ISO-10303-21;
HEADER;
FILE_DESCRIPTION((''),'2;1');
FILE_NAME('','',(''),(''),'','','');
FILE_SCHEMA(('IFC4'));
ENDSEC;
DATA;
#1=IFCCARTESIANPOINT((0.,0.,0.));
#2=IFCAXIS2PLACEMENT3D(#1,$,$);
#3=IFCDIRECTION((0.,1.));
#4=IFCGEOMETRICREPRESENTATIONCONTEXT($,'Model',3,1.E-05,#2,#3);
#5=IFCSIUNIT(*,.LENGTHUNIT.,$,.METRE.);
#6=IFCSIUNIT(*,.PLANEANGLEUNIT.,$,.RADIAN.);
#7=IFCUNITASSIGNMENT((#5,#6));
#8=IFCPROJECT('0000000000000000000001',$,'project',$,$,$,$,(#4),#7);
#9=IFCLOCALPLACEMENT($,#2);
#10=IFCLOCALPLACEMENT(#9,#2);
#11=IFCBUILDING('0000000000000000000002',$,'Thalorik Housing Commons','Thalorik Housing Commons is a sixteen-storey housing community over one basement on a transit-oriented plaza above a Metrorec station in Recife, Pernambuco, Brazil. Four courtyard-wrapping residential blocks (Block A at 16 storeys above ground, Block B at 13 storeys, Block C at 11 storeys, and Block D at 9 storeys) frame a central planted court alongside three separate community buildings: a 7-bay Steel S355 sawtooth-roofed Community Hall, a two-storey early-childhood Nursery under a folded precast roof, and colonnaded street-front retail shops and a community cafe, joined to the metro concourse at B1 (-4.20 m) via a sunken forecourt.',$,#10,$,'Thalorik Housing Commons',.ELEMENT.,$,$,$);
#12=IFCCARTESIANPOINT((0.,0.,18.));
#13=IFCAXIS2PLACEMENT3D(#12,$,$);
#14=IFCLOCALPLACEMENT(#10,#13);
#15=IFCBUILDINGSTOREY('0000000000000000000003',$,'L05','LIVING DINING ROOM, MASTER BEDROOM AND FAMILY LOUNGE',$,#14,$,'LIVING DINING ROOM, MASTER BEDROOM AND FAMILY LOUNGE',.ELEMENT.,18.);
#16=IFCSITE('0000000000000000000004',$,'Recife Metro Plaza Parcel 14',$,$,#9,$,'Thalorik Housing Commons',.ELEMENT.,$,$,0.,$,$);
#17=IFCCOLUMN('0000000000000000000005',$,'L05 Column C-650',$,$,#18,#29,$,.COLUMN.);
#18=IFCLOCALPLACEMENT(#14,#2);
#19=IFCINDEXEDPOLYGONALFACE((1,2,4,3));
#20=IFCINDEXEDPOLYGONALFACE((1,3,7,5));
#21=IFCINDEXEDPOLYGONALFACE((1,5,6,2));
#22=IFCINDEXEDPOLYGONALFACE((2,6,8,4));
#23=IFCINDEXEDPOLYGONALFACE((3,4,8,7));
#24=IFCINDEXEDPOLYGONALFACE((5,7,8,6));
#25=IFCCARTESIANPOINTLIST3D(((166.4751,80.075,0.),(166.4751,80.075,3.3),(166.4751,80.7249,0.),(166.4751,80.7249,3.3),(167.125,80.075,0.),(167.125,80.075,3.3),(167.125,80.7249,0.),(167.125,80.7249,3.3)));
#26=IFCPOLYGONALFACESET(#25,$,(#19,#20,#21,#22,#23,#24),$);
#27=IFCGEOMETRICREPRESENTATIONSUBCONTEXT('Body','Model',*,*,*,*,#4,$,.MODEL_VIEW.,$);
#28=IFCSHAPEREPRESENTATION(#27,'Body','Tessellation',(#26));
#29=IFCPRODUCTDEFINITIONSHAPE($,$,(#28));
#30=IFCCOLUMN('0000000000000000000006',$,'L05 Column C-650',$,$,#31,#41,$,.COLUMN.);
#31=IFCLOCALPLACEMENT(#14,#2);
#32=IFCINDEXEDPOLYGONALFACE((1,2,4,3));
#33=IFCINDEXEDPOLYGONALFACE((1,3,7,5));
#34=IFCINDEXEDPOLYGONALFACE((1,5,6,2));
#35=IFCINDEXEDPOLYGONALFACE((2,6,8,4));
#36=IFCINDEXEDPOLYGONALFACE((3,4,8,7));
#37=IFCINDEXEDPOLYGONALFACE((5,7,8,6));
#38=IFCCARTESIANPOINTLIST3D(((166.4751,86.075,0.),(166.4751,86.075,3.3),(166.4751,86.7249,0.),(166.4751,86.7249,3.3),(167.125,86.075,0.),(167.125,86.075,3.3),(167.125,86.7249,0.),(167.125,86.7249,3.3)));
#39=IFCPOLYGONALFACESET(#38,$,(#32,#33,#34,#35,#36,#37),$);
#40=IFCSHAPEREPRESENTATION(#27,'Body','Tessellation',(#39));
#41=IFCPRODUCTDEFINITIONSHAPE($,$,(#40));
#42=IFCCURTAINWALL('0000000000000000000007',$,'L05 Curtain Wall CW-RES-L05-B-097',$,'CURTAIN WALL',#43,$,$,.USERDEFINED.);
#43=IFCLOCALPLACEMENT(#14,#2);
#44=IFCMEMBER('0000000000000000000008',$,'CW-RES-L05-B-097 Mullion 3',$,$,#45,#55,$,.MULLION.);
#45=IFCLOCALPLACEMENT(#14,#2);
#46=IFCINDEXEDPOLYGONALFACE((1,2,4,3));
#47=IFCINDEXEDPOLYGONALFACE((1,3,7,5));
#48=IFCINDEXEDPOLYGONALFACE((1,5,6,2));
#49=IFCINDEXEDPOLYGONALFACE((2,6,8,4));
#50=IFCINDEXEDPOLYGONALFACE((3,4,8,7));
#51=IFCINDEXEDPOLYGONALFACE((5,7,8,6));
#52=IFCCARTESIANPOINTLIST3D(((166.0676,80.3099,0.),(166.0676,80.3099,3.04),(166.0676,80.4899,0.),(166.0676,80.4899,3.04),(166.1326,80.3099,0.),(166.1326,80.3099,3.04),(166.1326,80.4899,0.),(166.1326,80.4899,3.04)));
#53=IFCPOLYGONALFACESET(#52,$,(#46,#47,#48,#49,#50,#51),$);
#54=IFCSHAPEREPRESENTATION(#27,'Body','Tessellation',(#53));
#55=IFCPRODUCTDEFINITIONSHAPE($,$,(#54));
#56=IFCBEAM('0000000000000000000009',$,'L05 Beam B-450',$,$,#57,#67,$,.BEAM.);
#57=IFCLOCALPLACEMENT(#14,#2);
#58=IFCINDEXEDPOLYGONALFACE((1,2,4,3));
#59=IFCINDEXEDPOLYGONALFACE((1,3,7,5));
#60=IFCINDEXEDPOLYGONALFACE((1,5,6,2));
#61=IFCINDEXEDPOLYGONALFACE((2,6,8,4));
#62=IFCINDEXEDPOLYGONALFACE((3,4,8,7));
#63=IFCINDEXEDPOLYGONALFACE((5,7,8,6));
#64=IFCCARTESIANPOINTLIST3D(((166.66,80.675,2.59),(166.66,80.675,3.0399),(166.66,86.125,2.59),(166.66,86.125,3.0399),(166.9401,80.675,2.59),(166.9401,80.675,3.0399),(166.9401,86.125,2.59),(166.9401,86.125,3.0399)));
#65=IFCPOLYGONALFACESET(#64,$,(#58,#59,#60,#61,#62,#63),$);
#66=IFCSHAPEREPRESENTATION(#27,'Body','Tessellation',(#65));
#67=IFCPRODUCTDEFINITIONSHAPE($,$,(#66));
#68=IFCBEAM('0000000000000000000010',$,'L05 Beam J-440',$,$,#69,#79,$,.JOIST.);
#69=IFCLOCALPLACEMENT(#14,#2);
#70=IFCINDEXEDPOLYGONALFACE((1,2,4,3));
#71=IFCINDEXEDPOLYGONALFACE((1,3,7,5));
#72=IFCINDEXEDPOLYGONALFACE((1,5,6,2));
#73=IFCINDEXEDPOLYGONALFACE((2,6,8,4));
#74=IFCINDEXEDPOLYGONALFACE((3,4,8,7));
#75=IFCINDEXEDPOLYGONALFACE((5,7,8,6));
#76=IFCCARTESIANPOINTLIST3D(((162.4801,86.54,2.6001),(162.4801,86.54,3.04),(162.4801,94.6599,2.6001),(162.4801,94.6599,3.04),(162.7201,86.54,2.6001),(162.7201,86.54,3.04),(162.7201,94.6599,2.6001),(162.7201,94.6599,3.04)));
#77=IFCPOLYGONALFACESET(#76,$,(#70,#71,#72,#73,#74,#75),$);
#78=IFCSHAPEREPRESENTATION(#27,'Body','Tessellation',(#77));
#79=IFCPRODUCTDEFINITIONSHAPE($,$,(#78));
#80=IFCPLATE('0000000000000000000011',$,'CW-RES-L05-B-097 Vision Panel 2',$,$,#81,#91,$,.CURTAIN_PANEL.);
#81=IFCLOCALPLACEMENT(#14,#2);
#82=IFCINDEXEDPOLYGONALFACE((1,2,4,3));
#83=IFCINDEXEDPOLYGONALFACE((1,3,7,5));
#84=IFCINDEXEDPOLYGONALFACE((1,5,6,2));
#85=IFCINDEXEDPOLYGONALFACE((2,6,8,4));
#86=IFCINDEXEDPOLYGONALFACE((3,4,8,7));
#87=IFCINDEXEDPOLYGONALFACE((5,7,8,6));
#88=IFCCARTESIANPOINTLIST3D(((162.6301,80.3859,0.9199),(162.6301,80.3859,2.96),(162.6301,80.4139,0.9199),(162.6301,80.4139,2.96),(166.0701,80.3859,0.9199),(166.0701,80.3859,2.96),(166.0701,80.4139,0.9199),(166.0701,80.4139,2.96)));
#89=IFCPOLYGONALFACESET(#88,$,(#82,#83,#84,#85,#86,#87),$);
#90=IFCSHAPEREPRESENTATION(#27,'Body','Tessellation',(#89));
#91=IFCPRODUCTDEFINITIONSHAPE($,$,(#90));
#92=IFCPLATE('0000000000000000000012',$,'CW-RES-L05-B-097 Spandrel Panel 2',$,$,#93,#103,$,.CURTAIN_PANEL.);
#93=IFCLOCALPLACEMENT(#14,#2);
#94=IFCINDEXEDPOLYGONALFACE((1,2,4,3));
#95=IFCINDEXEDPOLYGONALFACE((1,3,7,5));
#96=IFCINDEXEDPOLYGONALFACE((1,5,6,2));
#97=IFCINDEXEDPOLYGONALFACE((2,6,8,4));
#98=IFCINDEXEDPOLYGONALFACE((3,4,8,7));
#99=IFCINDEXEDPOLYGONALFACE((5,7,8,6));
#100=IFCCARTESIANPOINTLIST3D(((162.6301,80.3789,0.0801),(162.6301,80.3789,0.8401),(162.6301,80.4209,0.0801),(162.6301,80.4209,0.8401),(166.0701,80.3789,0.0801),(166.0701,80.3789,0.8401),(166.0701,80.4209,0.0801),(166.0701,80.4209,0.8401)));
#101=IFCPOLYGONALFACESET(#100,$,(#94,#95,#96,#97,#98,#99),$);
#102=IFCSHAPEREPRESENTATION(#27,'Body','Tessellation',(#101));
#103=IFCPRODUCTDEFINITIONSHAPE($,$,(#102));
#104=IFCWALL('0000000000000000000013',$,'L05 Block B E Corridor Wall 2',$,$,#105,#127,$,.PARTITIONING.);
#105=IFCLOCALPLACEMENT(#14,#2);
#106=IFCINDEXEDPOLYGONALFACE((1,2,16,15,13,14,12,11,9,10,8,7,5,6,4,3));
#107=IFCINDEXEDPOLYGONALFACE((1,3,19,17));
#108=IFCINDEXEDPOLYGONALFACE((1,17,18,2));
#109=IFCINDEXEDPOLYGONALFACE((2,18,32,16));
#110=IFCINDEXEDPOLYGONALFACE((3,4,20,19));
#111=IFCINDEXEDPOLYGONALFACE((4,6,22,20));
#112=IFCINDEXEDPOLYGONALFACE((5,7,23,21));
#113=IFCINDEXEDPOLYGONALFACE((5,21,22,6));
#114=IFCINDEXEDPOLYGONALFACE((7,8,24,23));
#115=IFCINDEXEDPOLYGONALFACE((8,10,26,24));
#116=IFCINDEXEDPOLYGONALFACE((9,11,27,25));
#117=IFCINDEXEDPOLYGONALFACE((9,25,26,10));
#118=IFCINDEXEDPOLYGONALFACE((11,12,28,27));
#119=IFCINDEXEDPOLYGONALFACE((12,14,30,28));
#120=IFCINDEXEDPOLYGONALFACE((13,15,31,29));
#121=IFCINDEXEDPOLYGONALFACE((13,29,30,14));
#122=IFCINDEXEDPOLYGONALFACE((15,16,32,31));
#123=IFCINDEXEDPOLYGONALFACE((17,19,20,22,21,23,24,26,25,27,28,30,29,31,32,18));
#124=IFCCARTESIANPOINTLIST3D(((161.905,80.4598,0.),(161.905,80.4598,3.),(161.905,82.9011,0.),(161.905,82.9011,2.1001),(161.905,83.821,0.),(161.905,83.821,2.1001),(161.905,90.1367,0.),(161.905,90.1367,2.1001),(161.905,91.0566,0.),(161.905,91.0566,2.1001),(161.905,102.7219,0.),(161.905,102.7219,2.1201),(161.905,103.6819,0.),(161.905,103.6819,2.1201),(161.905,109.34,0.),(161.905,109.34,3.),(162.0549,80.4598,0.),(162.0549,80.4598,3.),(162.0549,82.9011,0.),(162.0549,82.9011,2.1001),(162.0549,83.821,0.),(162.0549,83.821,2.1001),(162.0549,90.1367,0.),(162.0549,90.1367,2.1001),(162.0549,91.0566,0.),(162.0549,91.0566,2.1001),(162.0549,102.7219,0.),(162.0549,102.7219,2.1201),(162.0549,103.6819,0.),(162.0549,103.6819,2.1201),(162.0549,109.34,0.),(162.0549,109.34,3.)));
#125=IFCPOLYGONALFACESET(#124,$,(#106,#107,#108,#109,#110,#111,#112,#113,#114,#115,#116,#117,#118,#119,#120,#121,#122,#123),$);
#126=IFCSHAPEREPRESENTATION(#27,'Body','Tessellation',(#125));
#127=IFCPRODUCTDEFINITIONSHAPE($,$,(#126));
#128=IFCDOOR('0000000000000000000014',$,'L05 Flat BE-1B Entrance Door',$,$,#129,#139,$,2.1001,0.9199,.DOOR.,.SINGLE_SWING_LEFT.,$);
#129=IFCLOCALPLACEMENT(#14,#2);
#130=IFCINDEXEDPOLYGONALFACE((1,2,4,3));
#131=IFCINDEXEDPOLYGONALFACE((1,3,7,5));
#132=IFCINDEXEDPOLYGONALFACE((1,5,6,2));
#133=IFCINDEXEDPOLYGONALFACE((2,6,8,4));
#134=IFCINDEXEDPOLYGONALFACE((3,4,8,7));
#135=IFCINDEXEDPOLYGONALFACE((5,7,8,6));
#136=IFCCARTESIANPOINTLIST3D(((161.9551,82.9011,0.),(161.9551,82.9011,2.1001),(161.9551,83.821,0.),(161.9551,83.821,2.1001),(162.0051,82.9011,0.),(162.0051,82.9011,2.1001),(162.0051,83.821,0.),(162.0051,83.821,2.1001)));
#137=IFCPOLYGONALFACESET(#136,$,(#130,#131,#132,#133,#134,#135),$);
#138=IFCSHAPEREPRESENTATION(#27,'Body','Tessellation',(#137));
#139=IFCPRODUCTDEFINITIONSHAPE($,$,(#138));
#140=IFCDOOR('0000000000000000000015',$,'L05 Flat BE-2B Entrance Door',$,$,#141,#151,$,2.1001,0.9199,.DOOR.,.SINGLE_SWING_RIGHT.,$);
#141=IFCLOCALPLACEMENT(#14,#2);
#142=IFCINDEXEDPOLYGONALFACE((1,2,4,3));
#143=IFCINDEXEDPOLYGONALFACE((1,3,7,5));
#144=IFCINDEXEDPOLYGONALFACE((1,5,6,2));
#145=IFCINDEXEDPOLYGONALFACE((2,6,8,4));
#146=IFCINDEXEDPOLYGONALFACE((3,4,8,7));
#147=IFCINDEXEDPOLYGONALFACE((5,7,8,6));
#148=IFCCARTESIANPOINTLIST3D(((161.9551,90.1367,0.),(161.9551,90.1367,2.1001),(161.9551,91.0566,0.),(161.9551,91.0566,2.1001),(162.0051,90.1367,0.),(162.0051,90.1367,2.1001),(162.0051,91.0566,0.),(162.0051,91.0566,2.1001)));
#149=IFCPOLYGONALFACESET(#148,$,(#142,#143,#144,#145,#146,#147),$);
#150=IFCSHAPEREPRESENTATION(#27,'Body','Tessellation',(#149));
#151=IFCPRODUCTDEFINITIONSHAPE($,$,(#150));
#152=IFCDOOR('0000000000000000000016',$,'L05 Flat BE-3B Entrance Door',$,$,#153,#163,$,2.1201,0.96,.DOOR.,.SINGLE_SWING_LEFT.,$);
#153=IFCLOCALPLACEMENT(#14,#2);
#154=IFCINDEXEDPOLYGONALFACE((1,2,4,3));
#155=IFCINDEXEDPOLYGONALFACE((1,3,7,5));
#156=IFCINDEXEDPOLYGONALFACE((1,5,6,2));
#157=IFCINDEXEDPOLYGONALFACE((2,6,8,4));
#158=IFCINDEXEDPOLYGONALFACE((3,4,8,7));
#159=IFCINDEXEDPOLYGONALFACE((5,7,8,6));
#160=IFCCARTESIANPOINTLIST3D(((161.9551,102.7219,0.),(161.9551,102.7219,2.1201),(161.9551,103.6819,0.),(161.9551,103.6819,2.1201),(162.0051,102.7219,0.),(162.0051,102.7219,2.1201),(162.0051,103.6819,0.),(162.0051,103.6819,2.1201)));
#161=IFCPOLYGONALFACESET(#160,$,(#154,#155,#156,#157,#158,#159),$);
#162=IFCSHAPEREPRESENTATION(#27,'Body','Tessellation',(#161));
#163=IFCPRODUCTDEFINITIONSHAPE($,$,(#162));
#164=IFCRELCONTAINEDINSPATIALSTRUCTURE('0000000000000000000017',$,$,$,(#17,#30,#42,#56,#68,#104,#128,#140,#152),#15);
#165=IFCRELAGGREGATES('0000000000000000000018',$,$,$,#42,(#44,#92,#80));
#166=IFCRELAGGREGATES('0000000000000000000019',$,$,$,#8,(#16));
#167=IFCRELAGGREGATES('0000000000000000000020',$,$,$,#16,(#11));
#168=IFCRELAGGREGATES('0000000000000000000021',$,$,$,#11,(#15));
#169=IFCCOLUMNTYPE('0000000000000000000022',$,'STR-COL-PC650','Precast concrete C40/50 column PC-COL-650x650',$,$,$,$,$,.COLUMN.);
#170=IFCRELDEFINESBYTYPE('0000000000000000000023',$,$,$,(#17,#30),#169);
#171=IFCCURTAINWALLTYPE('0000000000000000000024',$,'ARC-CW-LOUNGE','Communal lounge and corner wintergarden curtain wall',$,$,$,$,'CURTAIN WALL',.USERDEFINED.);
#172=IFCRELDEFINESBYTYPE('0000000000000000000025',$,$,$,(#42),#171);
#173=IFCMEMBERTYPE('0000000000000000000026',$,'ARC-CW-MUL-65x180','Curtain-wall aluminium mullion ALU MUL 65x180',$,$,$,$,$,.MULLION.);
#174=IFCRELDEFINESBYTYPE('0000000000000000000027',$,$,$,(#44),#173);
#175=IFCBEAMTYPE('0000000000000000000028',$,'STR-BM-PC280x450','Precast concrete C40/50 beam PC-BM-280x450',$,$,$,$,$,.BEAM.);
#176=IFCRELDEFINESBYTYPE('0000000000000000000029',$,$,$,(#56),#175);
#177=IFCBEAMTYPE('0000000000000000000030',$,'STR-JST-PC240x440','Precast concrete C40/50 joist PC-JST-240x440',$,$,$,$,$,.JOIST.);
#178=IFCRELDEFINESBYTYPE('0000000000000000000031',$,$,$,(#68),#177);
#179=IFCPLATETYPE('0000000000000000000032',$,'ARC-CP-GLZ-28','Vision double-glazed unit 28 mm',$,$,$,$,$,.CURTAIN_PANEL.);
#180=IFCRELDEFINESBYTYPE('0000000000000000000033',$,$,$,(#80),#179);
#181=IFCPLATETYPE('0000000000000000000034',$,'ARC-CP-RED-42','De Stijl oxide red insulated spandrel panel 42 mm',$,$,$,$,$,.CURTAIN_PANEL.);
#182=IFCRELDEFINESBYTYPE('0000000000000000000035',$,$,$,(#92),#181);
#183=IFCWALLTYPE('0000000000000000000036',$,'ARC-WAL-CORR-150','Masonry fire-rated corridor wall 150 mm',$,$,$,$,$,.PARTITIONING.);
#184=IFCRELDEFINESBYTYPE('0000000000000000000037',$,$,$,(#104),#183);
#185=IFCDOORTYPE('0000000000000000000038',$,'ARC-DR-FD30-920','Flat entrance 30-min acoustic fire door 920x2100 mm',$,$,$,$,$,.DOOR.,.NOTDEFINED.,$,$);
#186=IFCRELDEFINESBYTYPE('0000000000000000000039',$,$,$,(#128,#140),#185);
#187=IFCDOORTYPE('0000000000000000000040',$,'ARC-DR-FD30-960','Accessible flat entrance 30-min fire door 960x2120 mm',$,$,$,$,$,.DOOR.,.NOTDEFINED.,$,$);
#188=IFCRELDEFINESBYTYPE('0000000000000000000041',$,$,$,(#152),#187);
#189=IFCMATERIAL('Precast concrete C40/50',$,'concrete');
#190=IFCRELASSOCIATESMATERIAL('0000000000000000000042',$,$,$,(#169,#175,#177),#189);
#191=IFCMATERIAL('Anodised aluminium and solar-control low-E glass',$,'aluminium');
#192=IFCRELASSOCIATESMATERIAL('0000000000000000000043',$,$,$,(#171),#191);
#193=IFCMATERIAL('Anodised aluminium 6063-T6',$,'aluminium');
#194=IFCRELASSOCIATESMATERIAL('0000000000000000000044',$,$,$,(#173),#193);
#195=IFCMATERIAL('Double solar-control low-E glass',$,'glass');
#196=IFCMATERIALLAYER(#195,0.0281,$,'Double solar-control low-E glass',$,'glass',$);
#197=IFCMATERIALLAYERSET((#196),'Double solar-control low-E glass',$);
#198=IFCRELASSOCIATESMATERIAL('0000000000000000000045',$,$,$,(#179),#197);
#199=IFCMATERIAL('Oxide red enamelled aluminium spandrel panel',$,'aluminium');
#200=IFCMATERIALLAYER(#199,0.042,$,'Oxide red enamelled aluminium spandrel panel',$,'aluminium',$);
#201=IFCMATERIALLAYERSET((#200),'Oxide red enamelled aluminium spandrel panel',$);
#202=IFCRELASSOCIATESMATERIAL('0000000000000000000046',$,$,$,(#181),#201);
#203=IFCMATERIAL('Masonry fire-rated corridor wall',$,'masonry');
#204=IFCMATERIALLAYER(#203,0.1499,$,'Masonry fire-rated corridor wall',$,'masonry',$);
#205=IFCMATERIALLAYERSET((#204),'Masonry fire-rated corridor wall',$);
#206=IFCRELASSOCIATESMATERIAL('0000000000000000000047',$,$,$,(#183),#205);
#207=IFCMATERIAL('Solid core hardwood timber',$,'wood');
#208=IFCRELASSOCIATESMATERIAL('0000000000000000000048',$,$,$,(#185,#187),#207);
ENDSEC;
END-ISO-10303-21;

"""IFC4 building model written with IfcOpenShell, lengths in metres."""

from ifc_helpers import new_model, si_unit, direction, frame, frame_2d, origin, origin_2d, place, context, subcontext, project, spatial, rectangle, extrude, material, layer, layer_set, material_profile, profile_set, type_object, element, fill, aggregate, save


model = new_model("IFC4")

# Units and contexts
model_context = context("Model", 3, precision=1e-05, world=origin(), true_north=direction((0.0, 1.0)))
body_context = subcontext(model_context, "Body", "Model", "MODEL_VIEW")
ifc_project = project(units=[si_unit("LENGTHUNIT", "METRE"), si_unit("PLANEANGLEUNIT", "RADIAN")], contexts=[model_context])

# Site, building, storey
site_placement = place(None, origin())
site = spatial("IfcSite", under=ifc_project, at=site_placement, Name="Recife Metro Plaza Parcel 14", LongName="Thalorik Housing Commons", CompositionType="ELEMENT", RefElevation=0.0)
building_placement = place(site_placement, origin())
building = spatial("IfcBuilding", under=site, at=building_placement, Name="Thalorik Housing Commons", Description="Thalorik Housing Commons is a sixteen-storey housing community over one basement on a transit-oriented plaza above a Metrorec station in Recife, Pernambuco, Brazil. Four courtyard-wrapping residential blocks (Block A at 16 storeys above ground, Block B at 13 storeys, Block C at 11 storeys, and Block D at 9 storeys) frame a central planted court alongside three separate community buildings: a 7-bay Steel S355 sawtooth-roofed Community Hall, a two-storey early-childhood Nursery under a folded precast roof, and colonnaded street-front retail shops and a community cafe, joined to the metro concourse at B1 (-4.20 m) via a sunken forecourt.", LongName="Thalorik Housing Commons", CompositionType="ELEMENT")
storey_placement = place(building_placement, frame((0.0, 0.0, 18.0)))
storey = spatial("IfcBuildingStorey", under=building, at=storey_placement, Name="L05", Description="LIVING DINING ROOM, MASTER BEDROOM AND FAMILY LOUNGE", LongName="LIVING DINING ROOM, MASTER BEDROOM AND FAMILY LOUNGE", CompositionType="ELEMENT", Elevation=18.0)

# Columns
ifc_material_1 = material(Name="Precast concrete C40/50", Category="concrete")
ifc_material_profile_1 = material_profile(ifc_material_1, rectangle(XDim=0.6499, YDim=0.6499, at=origin_2d()), Name="PC 650x650", Category="concrete")
ifc_profile_set_1 = profile_set([ifc_material_profile_1], Name="Precast concrete C40/50")
column_type = type_object("IfcColumnType", Name="STR-COL-PC650", Description="Precast concrete C40/50 column PC-COL-650x650", PredefinedType="COLUMN", material=ifc_profile_set_1)
for number, where, z_axis, x_axis, name in (
    (1, (166.8, 80.3999, 0.0), (0.0, 0.0, 1.0), (1.0, 0.0, 0.0), "L05 Column C-650"),
    (2, (166.8, 86.3999, 0.0), (0.0, 0.0, 1.0), (1.0, 0.0, 0.0), "L05 Column C-650"),
):
    element("IfcColumn", number, at=place(storey_placement, frame(where, z_axis=z_axis, x_axis=x_axis)), inside=storey, type_object=column_type, Name=name, PredefinedType="COLUMN", context=body_context, shape_type="SweptSolid", body=[
        extrude(rectangle(XDim=0.6499, YDim=0.6499, at=origin_2d()), origin(), (0.0, 0.0, 1.0), 3.3),
    ])

# Curtain wall, member
ifc_material_2 = material(Name="Anodised aluminium and solar-control low-E glass", Category="aluminium")
curtain_wall_type = type_object("IfcCurtainWallType", Name="ARC-CW-LOUNGE", Description="Communal lounge and corner wintergarden curtain wall", ElementType="CURTAIN WALL", PredefinedType="USERDEFINED", material=ifc_material_2)
curtain_wall_placement = place(storey_placement, origin())
curtain_wall = element("IfcCurtainWall", 3, at=curtain_wall_placement, inside=storey, type_object=curtain_wall_type, Name="L05 Curtain Wall CW-RES-L05-B-097", ObjectType="CURTAIN WALL", PredefinedType="USERDEFINED")
ifc_material_3 = material(Name="Anodised aluminium 6063-T6", Category="aluminium")
ifc_material_profile_2 = material_profile(ifc_material_3, rectangle(XDim=0.0649, YDim=0.1799, at=origin_2d()), Name="ALU MUL 65x180", Category="aluminium")
ifc_profile_set_2 = profile_set([ifc_material_profile_2], Name="Anodised aluminium 6063-T6")
member_type = type_object("IfcMemberType", Name="ARC-CW-MUL-65x180", Description="Curtain-wall aluminium mullion ALU MUL 65x180", PredefinedType="MULLION", material=ifc_profile_set_2)
member_placement = place(storey_placement, frame((166.1001, 80.3999, 0.0), z_axis=(0.0, 0.0, 1.0), x_axis=(1.0, 0.0, 0.0)))
member = element("IfcMember", 4, at=member_placement, type_object=member_type, Name="CW-RES-L05-B-097 Mullion 3", PredefinedType="MULLION", context=body_context, shape_type="SweptSolid", body=[
    extrude(rectangle(XDim=0.0649, YDim=0.1799, at=origin_2d()), origin(), (0.0, 0.0, 1.0), 3.04),
])

# Beams
ifc_material_profile_3 = material_profile(ifc_material_1, rectangle(XDim=0.28, YDim=0.45, at=origin_2d()), Name="PC 280x450", Category="concrete")
ifc_profile_set_3 = profile_set([ifc_material_profile_3], Name="Precast concrete C40/50")
beam_type_1 = type_object("IfcBeamType", Name="STR-BM-PC280x450", Description="Precast concrete C40/50 beam PC-BM-280x450", PredefinedType="BEAM", material=ifc_profile_set_3)
beam_1_placement = place(storey_placement, frame((166.8, 80.675, 2.8149), z_axis=(0.0, 1.0, 0.0), x_axis=(-1.0, 0.0, 0.0)))
element("IfcBeam", 5, at=beam_1_placement, inside=storey, type_object=beam_type_1, Name="L05 Beam B-450", PredefinedType="BEAM", context=body_context, shape_type="SweptSolid", body=[
    extrude(rectangle(XDim=0.28, YDim=0.45, at=origin_2d()), origin(), (0.0, 0.0, 1.0), 5.45),
])
ifc_material_profile_4 = material_profile(ifc_material_1, rectangle(XDim=0.24, YDim=0.4399, at=origin_2d()), Name="PC JST 240x440", Category="concrete")
ifc_profile_set_4 = profile_set([ifc_material_profile_4], Name="Precast concrete C40/50")
beam_type_2 = type_object("IfcBeamType", Name="STR-JST-PC240x440", Description="Precast concrete C40/50 joist PC-JST-240x440", PredefinedType="JOIST", material=ifc_profile_set_4)
beam_2_placement = place(storey_placement, frame((162.6001, 86.54, 2.8201), z_axis=(0.0, 1.0, 0.0), x_axis=(-1.0, 0.0, 0.0)))
element("IfcBeam", 6, at=beam_2_placement, inside=storey, type_object=beam_type_2, Name="L05 Beam J-440", PredefinedType="JOIST", context=body_context, shape_type="SweptSolid", body=[
    extrude(rectangle(XDim=0.24, YDim=0.4399, at=origin_2d()), origin(), (0.0, 0.0, 1.0), 8.1199),
])

# Plates
ifc_material_4 = material(Name="Double solar-control low-E glass", Category="glass")
ifc_layer_1 = layer(ifc_material_4, 0.0281, Name="Double solar-control low-E glass", Category="glass")
ifc_layer_set_1 = layer_set([ifc_layer_1], Name="Double solar-control low-E glass")
plate_type_1 = type_object("IfcPlateType", Name="ARC-CP-GLZ-28", Description="Vision double-glazed unit 28 mm", PredefinedType="CURTAIN_PANEL", material=ifc_layer_set_1)
plate_1_placement = place(storey_placement, frame((164.3501, 80.3999, 0.9199), z_axis=(0.0, 0.0, 1.0), x_axis=(1.0, 0.0, 0.0)))
plate_1 = element("IfcPlate", 7, at=plate_1_placement, type_object=plate_type_1, Name="CW-RES-L05-B-097 Vision Panel 2", PredefinedType="CURTAIN_PANEL", context=body_context, shape_type="SweptSolid", body=[
    extrude(rectangle(XDim=3.4399, YDim=0.0281, at=origin_2d()), origin(), (0.0, 0.0, 1.0), 2.04),
])
ifc_material_5 = material(Name="Oxide red enamelled aluminium spandrel panel", Category="aluminium")
ifc_layer_2 = layer(ifc_material_5, 0.042, Name="Oxide red enamelled aluminium spandrel panel", Category="aluminium")
ifc_layer_set_2 = layer_set([ifc_layer_2], Name="Oxide red enamelled aluminium spandrel panel")
plate_type_2 = type_object("IfcPlateType", Name="ARC-CP-RED-42", Description="De Stijl oxide red insulated spandrel panel 42 mm", PredefinedType="CURTAIN_PANEL", material=ifc_layer_set_2)
plate_2_placement = place(storey_placement, frame((164.3501, 80.3999, 0.0801), z_axis=(0.0, 0.0, 1.0), x_axis=(1.0, 0.0, 0.0)))
plate_2 = element("IfcPlate", 8, at=plate_2_placement, type_object=plate_type_2, Name="CW-RES-L05-B-097 Spandrel Panel 2", PredefinedType="CURTAIN_PANEL", context=body_context, shape_type="SweptSolid", body=[
    extrude(rectangle(XDim=3.4399, YDim=0.042, at=origin_2d()), origin(), (0.0, 0.0, 1.0), 0.76),
])
aggregate(curtain_wall, [member, plate_2, plate_1])

# Wall, openings, doors
ifc_material_6 = material(Name="Masonry fire-rated corridor wall", Category="masonry")
ifc_layer_3 = layer(ifc_material_6, 0.1499, Name="Masonry fire-rated corridor wall", Category="masonry")
ifc_layer_set_3 = layer_set([ifc_layer_3], Name="Masonry fire-rated corridor wall")
wall_type_1 = type_object("IfcWallType", Name="ARC-WAL-CORR-150", Description="Masonry fire-rated corridor wall 150 mm", PredefinedType="PARTITIONING", material=ifc_layer_set_3)
wall_1_placement = place(storey_placement, frame((161.98, 80.46, 0.0), z_axis=(0.0, 0.0, 1.0), x_axis=(0.0, 1.0, 0.0)))
wall_1 = element("IfcWall", 9, at=wall_1_placement, inside=storey, type_object=wall_type_1, Name="L05 Block B E Corridor Wall 2", PredefinedType="PARTITIONING", context=body_context, shape_type="SweptSolid", body=[
    extrude(rectangle(XDim=28.8801, YDim=0.1499, at=frame_2d((14.4399, 0.0))), origin(), (0.0, 0.0, 1.0), 3.0),
])
opening_1_placement = place(wall_1_placement, frame((2.4412, 0.0, 0.0)))
opening_1 = element("IfcOpeningElement", 10, at=opening_1_placement, cuts=wall_1, PredefinedType="OPENING", context=body_context, shape_type="SweptSolid", body=[
    extrude(rectangle(XDim=0.9199, YDim=2.1001, at=frame_2d((0.46, 1.05))), frame((0.0, 0.085, 0.0), z_axis=(0.0, -1.0, 0.0), x_axis=(1.0, 0.0, 0.0)), (0.0, 0.0, 1.0), 0.1699),
])
opening_2_placement = place(wall_1_placement, frame((9.6768, 0.0, 0.0)))
opening_2 = element("IfcOpeningElement", 11, at=opening_2_placement, cuts=wall_1, PredefinedType="OPENING", context=body_context, shape_type="SweptSolid", body=[
    extrude(rectangle(XDim=0.9199, YDim=2.1001, at=frame_2d((0.46, 1.05))), frame((0.0, 0.085, 0.0), z_axis=(0.0, -1.0, 0.0), x_axis=(1.0, 0.0, 0.0)), (0.0, 0.0, 1.0), 0.1699),
])
opening_3_placement = place(wall_1_placement, frame((22.262, 0.0, 0.0)))
opening_3 = element("IfcOpeningElement", 12, at=opening_3_placement, cuts=wall_1, PredefinedType="OPENING", context=body_context, shape_type="SweptSolid", body=[
    extrude(rectangle(XDim=0.96, YDim=2.1201, at=frame_2d((0.48, 1.0601))), frame((0.0, 0.085, 0.0), z_axis=(0.0, -1.0, 0.0), x_axis=(1.0, 0.0, 0.0)), (0.0, 0.0, 1.0), 0.1699),
])
ifc_material_7 = material(Name="Solid core hardwood timber", Category="wood")
door_type_1 = type_object("IfcDoorType", Name="ARC-DR-FD30-920", Description="Flat entrance 30-min acoustic fire door 920x2100 mm", OperationType="NOTDEFINED", PredefinedType="DOOR", material=ifc_material_7)
door_1_placement = place(opening_1_placement, origin())
door_1 = element("IfcDoor", 13, at=door_1_placement, inside=storey, type_object=door_type_1, Name="L05 Flat BE-1B Entrance Door", OperationType="SINGLE_SWING_LEFT", OverallHeight=2.1001, OverallWidth=0.9199, PredefinedType="DOOR", context=body_context, shape_type="SweptSolid", body=[
    extrude(rectangle(XDim=0.9199, YDim=2.1001, at=frame_2d((0.46, 1.05))), frame((0.0, 0.0249, 0.0), z_axis=(0.0, -1.0, 0.0), x_axis=(1.0, 0.0, 0.0)), (0.0, 0.0, 1.0), 0.05),
])
fill(opening_1, door_1)
door_2_placement = place(opening_2_placement, origin())
door_2 = element("IfcDoor", 14, at=door_2_placement, inside=storey, type_object=door_type_1, Name="L05 Flat BE-2B Entrance Door", OperationType="SINGLE_SWING_RIGHT", OverallHeight=2.1001, OverallWidth=0.9199, PredefinedType="DOOR", context=body_context, shape_type="SweptSolid", body=[
    extrude(rectangle(XDim=0.9199, YDim=2.1001, at=frame_2d((0.46, 1.05))), frame((0.0, 0.0249, 0.0), z_axis=(0.0, -1.0, 0.0), x_axis=(1.0, 0.0, 0.0)), (0.0, 0.0, 1.0), 0.05),
])
fill(opening_2, door_2)
door_type_2 = type_object("IfcDoorType", Name="ARC-DR-FD30-960", Description="Accessible flat entrance 30-min fire door 960x2120 mm", OperationType="NOTDEFINED", PredefinedType="DOOR", material=ifc_material_7)
door_3_placement = place(opening_3_placement, origin())
door_3 = element("IfcDoor", 15, at=door_3_placement, inside=storey, type_object=door_type_2, Name="L05 Flat BE-3B Entrance Door", OperationType="SINGLE_SWING_LEFT", OverallHeight=2.1201, OverallWidth=0.96, PredefinedType="DOOR", context=body_context, shape_type="SweptSolid", body=[
    extrude(rectangle(XDim=0.96, YDim=2.1201, at=frame_2d((0.48, 1.0601))), frame((0.0, 0.0249, 0.0), z_axis=(0.0, -1.0, 0.0), x_axis=(1.0, 0.0, 0.0)), (0.0, 0.0, 1.0), 0.05),
])
fill(opening_3, door_3)

save(model, "model.ifc")
